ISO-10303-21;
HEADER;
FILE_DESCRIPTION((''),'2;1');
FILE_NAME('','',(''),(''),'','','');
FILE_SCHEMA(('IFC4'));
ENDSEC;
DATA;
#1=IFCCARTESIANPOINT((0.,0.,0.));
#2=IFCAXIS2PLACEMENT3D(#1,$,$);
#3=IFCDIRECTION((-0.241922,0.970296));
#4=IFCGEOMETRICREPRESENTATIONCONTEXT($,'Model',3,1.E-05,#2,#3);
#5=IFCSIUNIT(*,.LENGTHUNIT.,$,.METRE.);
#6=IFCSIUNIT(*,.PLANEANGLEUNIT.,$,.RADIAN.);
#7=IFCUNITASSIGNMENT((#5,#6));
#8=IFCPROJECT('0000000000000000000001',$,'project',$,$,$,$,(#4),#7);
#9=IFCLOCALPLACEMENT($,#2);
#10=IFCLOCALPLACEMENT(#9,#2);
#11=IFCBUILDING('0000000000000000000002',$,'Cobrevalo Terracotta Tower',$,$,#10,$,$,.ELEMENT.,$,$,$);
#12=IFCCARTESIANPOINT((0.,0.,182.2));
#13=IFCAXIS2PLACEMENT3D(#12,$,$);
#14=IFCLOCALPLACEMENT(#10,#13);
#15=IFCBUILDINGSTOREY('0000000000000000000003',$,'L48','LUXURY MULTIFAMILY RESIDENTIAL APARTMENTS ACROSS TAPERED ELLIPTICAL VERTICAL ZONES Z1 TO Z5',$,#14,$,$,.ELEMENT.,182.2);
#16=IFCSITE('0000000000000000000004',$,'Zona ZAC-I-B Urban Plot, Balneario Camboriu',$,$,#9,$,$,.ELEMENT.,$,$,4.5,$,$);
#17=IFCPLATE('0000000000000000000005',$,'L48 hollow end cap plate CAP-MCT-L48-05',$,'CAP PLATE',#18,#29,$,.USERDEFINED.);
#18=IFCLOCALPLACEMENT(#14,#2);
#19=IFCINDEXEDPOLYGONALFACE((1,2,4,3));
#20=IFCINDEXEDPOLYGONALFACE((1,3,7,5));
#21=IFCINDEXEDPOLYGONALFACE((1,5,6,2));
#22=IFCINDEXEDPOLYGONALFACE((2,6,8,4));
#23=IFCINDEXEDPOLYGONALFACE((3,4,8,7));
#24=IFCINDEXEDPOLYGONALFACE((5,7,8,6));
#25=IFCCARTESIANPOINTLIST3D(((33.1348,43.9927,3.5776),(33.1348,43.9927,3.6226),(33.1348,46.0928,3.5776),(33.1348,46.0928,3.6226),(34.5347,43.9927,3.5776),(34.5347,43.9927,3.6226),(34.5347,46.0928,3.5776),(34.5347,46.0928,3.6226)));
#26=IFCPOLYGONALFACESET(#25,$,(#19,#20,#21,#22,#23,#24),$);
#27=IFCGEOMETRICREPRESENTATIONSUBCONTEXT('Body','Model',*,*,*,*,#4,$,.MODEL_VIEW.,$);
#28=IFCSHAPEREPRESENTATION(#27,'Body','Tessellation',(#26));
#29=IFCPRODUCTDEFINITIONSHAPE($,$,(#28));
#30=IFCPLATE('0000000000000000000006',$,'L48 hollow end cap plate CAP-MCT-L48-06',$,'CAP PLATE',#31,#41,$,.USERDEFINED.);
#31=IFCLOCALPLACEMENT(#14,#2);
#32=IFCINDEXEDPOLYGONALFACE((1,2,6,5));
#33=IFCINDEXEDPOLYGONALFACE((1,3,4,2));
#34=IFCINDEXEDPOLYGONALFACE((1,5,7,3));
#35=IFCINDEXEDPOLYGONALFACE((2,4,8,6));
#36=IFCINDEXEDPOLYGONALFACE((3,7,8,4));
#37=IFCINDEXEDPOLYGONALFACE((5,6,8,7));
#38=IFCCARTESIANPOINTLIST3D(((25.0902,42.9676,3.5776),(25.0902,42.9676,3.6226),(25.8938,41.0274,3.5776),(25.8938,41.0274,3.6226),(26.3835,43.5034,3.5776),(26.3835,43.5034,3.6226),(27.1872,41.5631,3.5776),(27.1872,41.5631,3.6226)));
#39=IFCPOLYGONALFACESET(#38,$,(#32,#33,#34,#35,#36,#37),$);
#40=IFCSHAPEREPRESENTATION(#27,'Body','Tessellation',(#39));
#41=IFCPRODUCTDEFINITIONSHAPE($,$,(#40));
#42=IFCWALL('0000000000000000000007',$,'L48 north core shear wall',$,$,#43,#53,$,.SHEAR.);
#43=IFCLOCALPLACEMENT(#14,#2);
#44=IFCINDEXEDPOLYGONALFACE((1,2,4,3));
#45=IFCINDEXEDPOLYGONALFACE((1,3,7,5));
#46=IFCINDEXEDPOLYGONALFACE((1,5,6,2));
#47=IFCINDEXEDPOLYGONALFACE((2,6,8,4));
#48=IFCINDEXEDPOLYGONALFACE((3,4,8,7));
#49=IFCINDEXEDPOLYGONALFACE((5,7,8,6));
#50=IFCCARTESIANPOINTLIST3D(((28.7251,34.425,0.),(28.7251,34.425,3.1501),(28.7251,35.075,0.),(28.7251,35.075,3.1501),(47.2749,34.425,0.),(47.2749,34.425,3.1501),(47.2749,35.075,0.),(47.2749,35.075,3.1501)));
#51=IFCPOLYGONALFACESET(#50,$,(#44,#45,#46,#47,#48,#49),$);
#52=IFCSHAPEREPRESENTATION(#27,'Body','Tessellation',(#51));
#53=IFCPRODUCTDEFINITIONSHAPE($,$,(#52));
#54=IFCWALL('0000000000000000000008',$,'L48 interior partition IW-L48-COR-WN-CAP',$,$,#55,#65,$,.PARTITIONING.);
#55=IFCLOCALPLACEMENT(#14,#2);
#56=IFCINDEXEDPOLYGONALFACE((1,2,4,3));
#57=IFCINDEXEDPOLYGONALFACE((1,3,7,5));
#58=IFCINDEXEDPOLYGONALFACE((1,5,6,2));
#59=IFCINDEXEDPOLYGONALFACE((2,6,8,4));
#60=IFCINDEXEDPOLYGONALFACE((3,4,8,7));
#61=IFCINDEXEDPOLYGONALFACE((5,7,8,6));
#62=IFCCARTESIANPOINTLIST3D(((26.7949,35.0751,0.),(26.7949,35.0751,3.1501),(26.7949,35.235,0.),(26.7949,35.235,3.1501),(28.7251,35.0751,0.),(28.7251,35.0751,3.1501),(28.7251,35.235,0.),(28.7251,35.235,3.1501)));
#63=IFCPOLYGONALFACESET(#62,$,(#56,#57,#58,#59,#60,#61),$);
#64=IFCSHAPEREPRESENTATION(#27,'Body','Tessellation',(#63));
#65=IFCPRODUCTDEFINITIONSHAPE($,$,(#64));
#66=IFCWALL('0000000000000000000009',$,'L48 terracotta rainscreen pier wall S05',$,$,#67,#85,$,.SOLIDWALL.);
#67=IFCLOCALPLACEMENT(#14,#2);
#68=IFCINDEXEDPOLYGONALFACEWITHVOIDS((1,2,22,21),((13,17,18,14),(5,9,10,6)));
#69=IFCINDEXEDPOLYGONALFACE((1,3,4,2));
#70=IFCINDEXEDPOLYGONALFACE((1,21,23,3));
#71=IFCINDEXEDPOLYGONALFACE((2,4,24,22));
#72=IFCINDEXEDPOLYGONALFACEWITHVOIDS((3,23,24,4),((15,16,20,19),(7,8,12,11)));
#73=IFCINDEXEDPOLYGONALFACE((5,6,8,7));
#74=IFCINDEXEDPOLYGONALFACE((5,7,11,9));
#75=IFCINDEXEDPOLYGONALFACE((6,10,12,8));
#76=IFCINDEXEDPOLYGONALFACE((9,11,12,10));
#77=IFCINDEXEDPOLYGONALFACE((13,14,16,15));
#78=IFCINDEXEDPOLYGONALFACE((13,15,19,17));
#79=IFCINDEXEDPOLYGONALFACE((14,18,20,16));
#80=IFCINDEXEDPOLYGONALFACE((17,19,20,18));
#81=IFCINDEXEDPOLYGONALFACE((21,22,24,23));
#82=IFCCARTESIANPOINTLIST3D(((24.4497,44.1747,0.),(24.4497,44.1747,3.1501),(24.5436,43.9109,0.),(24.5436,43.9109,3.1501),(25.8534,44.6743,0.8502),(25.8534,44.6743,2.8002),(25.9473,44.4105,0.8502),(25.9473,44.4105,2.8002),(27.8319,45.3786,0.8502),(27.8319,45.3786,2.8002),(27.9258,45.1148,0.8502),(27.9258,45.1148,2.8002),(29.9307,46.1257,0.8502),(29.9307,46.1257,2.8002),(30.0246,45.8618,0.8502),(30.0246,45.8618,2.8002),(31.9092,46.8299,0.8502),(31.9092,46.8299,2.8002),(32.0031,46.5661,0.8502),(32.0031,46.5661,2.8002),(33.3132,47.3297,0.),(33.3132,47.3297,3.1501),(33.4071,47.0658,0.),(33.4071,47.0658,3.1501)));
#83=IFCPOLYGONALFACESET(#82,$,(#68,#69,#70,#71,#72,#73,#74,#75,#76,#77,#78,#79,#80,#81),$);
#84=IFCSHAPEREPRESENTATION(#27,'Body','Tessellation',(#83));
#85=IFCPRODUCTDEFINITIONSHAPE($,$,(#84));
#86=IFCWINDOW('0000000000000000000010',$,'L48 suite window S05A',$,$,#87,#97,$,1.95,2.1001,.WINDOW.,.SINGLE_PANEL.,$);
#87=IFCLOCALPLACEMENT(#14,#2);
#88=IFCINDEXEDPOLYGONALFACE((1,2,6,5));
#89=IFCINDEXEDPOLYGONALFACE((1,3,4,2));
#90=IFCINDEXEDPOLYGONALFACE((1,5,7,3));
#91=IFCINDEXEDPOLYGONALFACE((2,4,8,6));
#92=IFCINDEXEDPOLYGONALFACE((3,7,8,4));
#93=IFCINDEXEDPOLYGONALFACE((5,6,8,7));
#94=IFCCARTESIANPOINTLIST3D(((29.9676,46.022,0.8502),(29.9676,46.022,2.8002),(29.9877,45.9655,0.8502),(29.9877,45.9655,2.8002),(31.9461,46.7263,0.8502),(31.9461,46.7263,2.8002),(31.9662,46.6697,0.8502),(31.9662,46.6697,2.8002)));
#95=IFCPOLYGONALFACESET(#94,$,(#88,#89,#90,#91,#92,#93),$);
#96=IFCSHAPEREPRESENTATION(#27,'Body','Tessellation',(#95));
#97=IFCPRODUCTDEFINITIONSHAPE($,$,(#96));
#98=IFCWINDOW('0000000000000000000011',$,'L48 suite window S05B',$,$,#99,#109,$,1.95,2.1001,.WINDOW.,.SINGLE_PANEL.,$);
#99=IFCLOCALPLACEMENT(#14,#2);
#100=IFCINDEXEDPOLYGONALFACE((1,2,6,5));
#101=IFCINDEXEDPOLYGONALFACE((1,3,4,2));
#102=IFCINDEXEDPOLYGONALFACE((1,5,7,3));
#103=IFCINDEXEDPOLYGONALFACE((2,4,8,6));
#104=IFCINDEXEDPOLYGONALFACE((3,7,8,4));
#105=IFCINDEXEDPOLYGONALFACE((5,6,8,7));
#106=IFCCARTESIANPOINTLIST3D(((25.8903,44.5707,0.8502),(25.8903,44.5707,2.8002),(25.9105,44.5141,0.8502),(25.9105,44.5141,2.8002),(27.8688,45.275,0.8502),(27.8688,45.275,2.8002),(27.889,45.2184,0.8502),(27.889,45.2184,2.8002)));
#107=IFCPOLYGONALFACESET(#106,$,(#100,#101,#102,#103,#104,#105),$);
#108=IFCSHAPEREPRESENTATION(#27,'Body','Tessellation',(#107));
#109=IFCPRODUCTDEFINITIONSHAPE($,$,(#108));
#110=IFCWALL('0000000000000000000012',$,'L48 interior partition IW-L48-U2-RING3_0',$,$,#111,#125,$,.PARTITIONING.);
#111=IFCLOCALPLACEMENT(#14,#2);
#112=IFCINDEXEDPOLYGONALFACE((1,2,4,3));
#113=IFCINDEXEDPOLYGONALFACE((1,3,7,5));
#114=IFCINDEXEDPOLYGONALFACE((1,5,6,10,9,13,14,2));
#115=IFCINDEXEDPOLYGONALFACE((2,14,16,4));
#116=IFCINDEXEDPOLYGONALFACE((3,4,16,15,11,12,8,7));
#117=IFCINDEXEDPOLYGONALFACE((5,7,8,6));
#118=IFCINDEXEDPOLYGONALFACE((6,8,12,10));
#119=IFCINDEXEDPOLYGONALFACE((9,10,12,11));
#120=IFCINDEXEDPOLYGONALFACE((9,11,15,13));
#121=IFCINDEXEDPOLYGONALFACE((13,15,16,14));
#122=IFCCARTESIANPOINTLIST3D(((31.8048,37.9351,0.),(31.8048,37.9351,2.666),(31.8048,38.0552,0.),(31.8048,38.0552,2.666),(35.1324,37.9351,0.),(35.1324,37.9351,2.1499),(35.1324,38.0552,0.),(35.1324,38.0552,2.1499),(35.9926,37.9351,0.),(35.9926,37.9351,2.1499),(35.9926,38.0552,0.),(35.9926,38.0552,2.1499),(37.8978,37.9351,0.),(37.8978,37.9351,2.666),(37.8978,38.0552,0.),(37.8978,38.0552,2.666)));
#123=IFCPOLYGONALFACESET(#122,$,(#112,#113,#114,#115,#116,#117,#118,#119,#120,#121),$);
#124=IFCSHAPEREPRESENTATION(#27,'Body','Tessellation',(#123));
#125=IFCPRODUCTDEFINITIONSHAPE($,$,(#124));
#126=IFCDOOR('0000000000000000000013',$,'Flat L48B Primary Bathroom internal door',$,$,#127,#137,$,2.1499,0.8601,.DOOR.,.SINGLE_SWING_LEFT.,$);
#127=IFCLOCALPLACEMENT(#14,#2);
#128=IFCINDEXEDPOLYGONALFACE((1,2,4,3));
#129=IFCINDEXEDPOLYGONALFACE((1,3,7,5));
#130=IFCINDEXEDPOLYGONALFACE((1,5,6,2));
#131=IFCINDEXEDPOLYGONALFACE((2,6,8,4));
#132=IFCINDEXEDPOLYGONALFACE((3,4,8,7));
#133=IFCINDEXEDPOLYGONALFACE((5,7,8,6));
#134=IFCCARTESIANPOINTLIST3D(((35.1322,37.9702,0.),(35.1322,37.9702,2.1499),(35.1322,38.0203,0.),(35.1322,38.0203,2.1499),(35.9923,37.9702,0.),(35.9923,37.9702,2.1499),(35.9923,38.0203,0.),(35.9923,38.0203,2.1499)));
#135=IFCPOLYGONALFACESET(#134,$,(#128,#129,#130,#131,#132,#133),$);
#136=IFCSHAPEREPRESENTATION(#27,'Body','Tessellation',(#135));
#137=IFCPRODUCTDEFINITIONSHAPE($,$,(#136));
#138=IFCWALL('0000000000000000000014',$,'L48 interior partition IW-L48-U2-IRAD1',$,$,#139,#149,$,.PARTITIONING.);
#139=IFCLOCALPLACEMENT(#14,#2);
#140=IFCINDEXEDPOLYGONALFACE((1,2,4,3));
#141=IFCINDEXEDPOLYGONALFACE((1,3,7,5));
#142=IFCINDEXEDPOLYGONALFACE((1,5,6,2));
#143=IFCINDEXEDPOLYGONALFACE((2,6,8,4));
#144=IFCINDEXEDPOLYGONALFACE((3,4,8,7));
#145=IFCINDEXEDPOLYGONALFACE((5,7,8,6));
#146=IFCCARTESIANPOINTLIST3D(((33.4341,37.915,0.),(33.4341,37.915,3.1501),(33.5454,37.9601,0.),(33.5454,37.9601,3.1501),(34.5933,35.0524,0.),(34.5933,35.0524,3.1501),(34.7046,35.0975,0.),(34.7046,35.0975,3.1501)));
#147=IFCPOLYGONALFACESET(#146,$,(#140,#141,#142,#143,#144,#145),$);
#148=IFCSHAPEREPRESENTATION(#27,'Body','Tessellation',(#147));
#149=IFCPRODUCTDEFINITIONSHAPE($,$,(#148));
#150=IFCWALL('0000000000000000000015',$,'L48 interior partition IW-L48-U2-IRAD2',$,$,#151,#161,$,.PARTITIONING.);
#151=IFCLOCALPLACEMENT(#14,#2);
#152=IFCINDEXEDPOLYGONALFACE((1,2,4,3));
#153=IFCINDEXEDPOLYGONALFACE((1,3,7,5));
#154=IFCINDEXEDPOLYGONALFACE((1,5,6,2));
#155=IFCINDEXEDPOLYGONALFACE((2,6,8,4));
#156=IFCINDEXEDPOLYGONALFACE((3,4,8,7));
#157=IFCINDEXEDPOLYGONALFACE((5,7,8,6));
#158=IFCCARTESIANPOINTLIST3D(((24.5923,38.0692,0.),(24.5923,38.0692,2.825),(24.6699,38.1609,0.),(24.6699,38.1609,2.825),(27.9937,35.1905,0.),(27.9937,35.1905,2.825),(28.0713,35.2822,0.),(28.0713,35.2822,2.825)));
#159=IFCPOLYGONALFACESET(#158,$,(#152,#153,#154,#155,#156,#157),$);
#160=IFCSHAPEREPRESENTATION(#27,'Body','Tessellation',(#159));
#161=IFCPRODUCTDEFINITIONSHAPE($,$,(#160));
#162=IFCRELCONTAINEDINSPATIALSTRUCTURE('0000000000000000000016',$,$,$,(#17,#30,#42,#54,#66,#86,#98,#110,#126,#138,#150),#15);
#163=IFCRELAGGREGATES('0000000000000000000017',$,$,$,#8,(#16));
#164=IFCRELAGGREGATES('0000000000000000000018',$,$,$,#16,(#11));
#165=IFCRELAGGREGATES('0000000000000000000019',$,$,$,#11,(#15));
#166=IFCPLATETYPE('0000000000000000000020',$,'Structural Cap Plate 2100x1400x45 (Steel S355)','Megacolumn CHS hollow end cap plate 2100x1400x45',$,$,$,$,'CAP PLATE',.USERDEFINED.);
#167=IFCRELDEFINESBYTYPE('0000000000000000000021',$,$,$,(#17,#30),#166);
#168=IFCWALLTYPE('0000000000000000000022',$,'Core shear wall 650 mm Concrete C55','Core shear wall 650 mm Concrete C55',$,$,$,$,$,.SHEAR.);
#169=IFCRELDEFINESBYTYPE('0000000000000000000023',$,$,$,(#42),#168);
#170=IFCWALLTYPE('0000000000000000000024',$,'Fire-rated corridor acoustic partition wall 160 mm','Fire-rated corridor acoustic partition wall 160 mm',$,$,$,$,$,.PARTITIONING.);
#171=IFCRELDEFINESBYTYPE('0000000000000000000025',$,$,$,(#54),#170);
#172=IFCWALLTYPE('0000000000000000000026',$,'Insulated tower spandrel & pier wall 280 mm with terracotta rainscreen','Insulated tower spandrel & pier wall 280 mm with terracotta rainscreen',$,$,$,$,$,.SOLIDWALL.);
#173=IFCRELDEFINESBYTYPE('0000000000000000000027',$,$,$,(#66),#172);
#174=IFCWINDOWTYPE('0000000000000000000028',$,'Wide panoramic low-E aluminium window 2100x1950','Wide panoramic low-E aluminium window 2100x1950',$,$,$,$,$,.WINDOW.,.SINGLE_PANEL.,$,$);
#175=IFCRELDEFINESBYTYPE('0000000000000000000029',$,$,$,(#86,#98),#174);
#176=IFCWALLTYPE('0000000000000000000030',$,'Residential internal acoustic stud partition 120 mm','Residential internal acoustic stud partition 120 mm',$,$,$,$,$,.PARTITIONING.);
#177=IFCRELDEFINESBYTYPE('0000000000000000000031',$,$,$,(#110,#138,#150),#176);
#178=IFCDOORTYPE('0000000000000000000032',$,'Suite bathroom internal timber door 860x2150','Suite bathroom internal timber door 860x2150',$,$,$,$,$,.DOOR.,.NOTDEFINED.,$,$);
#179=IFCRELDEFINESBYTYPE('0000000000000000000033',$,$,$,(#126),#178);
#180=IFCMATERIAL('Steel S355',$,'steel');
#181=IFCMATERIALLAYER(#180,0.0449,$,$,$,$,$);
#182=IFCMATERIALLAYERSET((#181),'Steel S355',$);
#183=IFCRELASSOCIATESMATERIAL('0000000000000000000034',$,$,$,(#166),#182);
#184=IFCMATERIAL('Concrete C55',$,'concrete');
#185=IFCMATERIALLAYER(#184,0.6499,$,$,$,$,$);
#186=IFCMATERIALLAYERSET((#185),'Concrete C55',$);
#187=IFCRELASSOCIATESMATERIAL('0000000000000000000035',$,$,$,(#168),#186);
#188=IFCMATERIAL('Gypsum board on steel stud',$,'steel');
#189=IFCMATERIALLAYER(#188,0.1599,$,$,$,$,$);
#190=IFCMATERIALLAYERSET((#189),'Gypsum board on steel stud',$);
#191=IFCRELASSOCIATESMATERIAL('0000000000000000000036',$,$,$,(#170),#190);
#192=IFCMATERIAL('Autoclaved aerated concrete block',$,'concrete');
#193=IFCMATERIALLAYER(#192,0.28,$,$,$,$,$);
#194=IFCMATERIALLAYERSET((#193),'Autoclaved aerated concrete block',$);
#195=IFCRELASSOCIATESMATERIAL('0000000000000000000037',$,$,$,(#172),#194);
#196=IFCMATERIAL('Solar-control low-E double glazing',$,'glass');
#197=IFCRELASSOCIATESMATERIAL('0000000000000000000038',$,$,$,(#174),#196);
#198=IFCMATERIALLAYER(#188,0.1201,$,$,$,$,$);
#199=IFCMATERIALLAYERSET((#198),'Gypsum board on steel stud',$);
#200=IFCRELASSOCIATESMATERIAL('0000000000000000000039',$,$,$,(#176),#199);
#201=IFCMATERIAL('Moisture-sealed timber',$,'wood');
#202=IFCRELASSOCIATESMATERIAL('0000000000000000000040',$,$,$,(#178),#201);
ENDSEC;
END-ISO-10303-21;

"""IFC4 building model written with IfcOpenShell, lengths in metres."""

from ifc_helpers import new_model, si_unit, direction, frame, frame_2d, origin, origin_2d, place, context, subcontext, project, spatial, rectangle, extrude, source, transform, mapped, material, layer, layer_set, type_object, element, fill, save


model = new_model("IFC4")

# Units and contexts
model_context = context("Model", 3, precision=1e-05, world=origin(), true_north=direction((-0.241922, 0.970296)))
body_context = subcontext(model_context, "Body", "Model", "MODEL_VIEW")
ifc_project = project(units=[si_unit("LENGTHUNIT", "METRE"), si_unit("PLANEANGLEUNIT", "RADIAN")], contexts=[model_context])

# Site, building, storey
site_placement = place(None, origin())
site = spatial("IfcSite", under=ifc_project, at=site_placement, Name="Zona ZAC-I-B Urban Plot, Balneario Camboriu", CompositionType="ELEMENT", RefElevation=4.5)
building_placement = place(site_placement, origin())
building = spatial("IfcBuilding", under=site, at=building_placement, Name="Cobrevalo Terracotta Tower", CompositionType="ELEMENT")
storey_placement = place(building_placement, frame((0.0, 0.0, 182.2)))
storey = spatial("IfcBuildingStorey", under=building, at=storey_placement, Name="L48", Description="LUXURY MULTIFAMILY RESIDENTIAL APARTMENTS ACROSS TAPERED ELLIPTICAL VERTICAL ZONES Z1 TO Z5", CompositionType="ELEMENT", Elevation=182.2)

# Shared definitions
ifc_material_1 = material(Name="Steel S355", Category="steel")
ifc_material_2 = material(Name="Concrete C55", Category="concrete")

# Plates
ifc_layer_1 = layer(ifc_material_1, 0.0449)
ifc_layer_set_1 = layer_set([ifc_layer_1], Name="Steel S355")
plate_type = type_object("IfcPlateType", Name="Structural Cap Plate 2100x1400x45 (Steel S355)", Description="Megacolumn CHS hollow end cap plate 2100x1400x45", ElementType="CAP PLATE", PredefinedType="USERDEFINED", material=ifc_layer_set_1)
shared_shape_1 = source(origin(), body_context, "Body", "SweptSolid", [
    extrude(rectangle(XDim=2.1001, YDim=1.3999, at=origin_2d()), origin(), (0.0, 0.0, 1.0), 0.0449),
])
for number, where, z_axis, x_axis, name in (
    (1, (33.8347, 45.0427, 3.5776), (0.0, 0.0, 1.0), (0.0, 1.0, 0.0), "L48 hollow end cap plate CAP-MCT-L48-05"),
    (2, (26.1387, 42.2654, 3.5776), (0.0, 0.0, 1.0), (-0.382683, 0.92388, 0.0), "L48 hollow end cap plate CAP-MCT-L48-06"),
):
    element("IfcPlate", number, at=place(storey_placement, frame(where, z_axis=z_axis, x_axis=x_axis)), inside=storey, type_object=plate_type, Name=name, ObjectType="CAP PLATE", PredefinedType="USERDEFINED", context=body_context, shape_type="MappedRepresentation", body=[
        mapped(shared_shape_1, transform((0.0, 0.0, 0.0), scale=1.0)),
    ])

# Walls
ifc_layer_2 = layer(ifc_material_2, 0.6499)
ifc_layer_set_2 = layer_set([ifc_layer_2], Name="Concrete C55")
wall_type_1 = type_object("IfcWallType", Name="Core shear wall 650 mm Concrete C55", Description="Core shear wall 650 mm Concrete C55", PredefinedType="SHEAR", material=ifc_layer_set_2)
wall_1_placement = place(storey_placement, frame((28.7251, 34.75, 0.0), z_axis=(0.0, 0.0, 1.0), x_axis=(1.0, 0.0, 0.0)))
element("IfcWall", 3, at=wall_1_placement, inside=storey, type_object=wall_type_1, Name="L48 north core shear wall", PredefinedType="SHEAR", context=body_context, shape_type="SweptSolid", body=[
    extrude(rectangle(XDim=18.5498, YDim=0.6499, at=frame_2d((9.2749, 0.0))), origin(), (0.0, 0.0, 1.0), 3.1501),
])
ifc_material_3 = material(Name="Gypsum board on steel stud", Category="steel")
ifc_layer_3 = layer(ifc_material_3, 0.1599)
ifc_layer_set_3 = layer_set([ifc_layer_3], Name="Gypsum board on steel stud")
wall_type_2 = type_object("IfcWallType", Name="Fire-rated corridor acoustic partition wall 160 mm", Description="Fire-rated corridor acoustic partition wall 160 mm", PredefinedType="PARTITIONING", material=ifc_layer_set_3)
wall_2_placement = place(storey_placement, frame((26.7949, 35.155, 0.0), z_axis=(0.0, 0.0, 1.0), x_axis=(1.0, 0.0, 0.0)))
element("IfcWall", 4, at=wall_2_placement, inside=storey, type_object=wall_type_2, Name="L48 interior partition IW-L48-COR-WN-CAP", PredefinedType="PARTITIONING", context=body_context, shape_type="SweptSolid", body=[
    extrude(rectangle(XDim=1.9302, YDim=0.1599, at=frame_2d((0.9651, 0.0))), origin(), (0.0, 0.0, 1.0), 3.1501),
])

# Wall, openings, windows
ifc_material_4 = material(Name="Autoclaved aerated concrete block", Category="concrete")
ifc_layer_4 = layer(ifc_material_4, 0.28)
ifc_layer_set_4 = layer_set([ifc_layer_4], Name="Autoclaved aerated concrete block")
wall_type_3 = type_object("IfcWallType", Name="Insulated tower spandrel & pier wall 280 mm with terracotta rainscreen", Description="Insulated tower spandrel & pier wall 280 mm with terracotta rainscreen", PredefinedType="SOLIDWALL", material=ifc_layer_set_4)
wall_3_placement = place(storey_placement, frame((33.3601, 47.1978, 0.0), z_axis=(0.0, 0.0, 1.0), x_axis=(-0.942095, -0.335345, 0.0)))
wall_3 = element("IfcWall", 5, at=wall_3_placement, inside=storey, type_object=wall_type_3, Name="L48 terracotta rainscreen pier wall S05", PredefinedType="SOLIDWALL", context=body_context, shape_type="SweptSolid", body=[
    extrude(rectangle(XDim=9.4082, YDim=0.28, at=frame_2d((4.7041, 0.0))), origin(), (0.0, 0.0, 1.0), 3.1501),
])
opening_1_placement = place(wall_3_placement, frame((1.4902, 0.0, 0.8501)))
opening_1 = element("IfcOpeningElement", 6, at=opening_1_placement, cuts=wall_3, PredefinedType="OPENING", context=body_context, shape_type="SweptSolid", body=[
    extrude(rectangle(XDim=2.1001, YDim=1.95, at=frame_2d((1.05, 0.9751))), frame((0.0, 0.1499, 0.0), z_axis=(0.0, -1.0, 0.0), x_axis=(1.0, 0.0, 0.0)), (0.0, 0.0, 1.0), 0.3),
])
opening_2_placement = place(wall_3_placement, frame((5.8181, 0.0, 0.8501)))
opening_2 = element("IfcOpeningElement", 7, at=opening_2_placement, cuts=wall_3, PredefinedType="OPENING", context=body_context, shape_type="SweptSolid", body=[
    extrude(rectangle(XDim=2.1001, YDim=1.95, at=frame_2d((1.05, 0.9751))), frame((0.0, 0.1499, 0.0), z_axis=(0.0, -1.0, 0.0), x_axis=(1.0, 0.0, 0.0)), (0.0, 0.0, 1.0), 0.3),
])
ifc_material_5 = material(Name="Solar-control low-E double glazing", Category="glass")
window_type = type_object("IfcWindowType", Name="Wide panoramic low-E aluminium window 2100x1950", Description="Wide panoramic low-E aluminium window 2100x1950", PartitioningType="SINGLE_PANEL", PredefinedType="WINDOW", material=ifc_material_5)
shared_shape_2 = source(origin(), body_context, "Body", "SweptSolid", [
    extrude(rectangle(XDim=2.1001, YDim=1.95, at=frame_2d((1.05, 0.9751))), frame((0.0, 0.03, 0.0), z_axis=(0.0, -1.0, 0.0), x_axis=(1.0, 0.0, 0.0)), (0.0, 0.0, 1.0), 0.0601),
])
window_1_placement = place(opening_1_placement, origin())
window_1 = element("IfcWindow", 8, at=window_1_placement, inside=storey, type_object=window_type, Name="L48 suite window S05A", OverallHeight=1.95, OverallWidth=2.1001, PartitioningType="SINGLE_PANEL", PredefinedType="WINDOW", context=body_context, shape_type="MappedRepresentation", body=[
    mapped(shared_shape_2, transform((0.0, 0.0, 0.0), scale=1.0)),
])
fill(opening_1, window_1)
window_2_placement = place(opening_2_placement, origin())
window_2 = element("IfcWindow", 9, at=window_2_placement, inside=storey, type_object=window_type, Name="L48 suite window S05B", OverallHeight=1.95, OverallWidth=2.1001, PartitioningType="SINGLE_PANEL", PredefinedType="WINDOW", context=body_context, shape_type="MappedRepresentation", body=[
    mapped(shared_shape_2, transform((0.0, 0.0, 0.0), scale=1.0)),
])
fill(opening_2, window_2)

# Wall, opening, door
ifc_layer_5 = layer(ifc_material_3, 0.1201)
ifc_layer_set_5 = layer_set([ifc_layer_5], Name="Gypsum board on steel stud")
wall_type_4 = type_object("IfcWallType", Name="Residential internal acoustic stud partition 120 mm", Description="Residential internal acoustic stud partition 120 mm", PredefinedType="PARTITIONING", material=ifc_layer_set_5)
wall_4_placement = place(storey_placement, frame((31.8049, 37.9951, 0.0), z_axis=(0.0, 0.0, 1.0), x_axis=(1.0, 0.0, 0.0)))
wall_4 = element("IfcWall", 10, at=wall_4_placement, inside=storey, type_object=wall_type_4, Name="L48 interior partition IW-L48-U2-RING3_0", PredefinedType="PARTITIONING", context=body_context, shape_type="SweptSolid", body=[
    extrude(rectangle(XDim=6.093, YDim=0.1201, at=frame_2d((3.0464, 0.0))), origin(), (0.0, 0.0, 1.0), 2.666),
])
opening_3_placement = place(wall_4_placement, frame((3.3274, 0.0, 0.0)))
opening_3 = element("IfcOpeningElement", 11, at=opening_3_placement, cuts=wall_4, PredefinedType="OPENING", context=body_context, shape_type="SweptSolid", body=[
    extrude(rectangle(XDim=0.8601, YDim=2.1499, at=frame_2d((0.4302, 1.075))), frame((0.0, 0.0701, 0.0), z_axis=(0.0, -1.0, 0.0), x_axis=(1.0, 0.0, 0.0)), (0.0, 0.0, 1.0), 0.1401),
])
ifc_material_6 = material(Name="Moisture-sealed timber", Category="wood")
door_type = type_object("IfcDoorType", Name="Suite bathroom internal timber door 860x2150", Description="Suite bathroom internal timber door 860x2150", OperationType="NOTDEFINED", PredefinedType="DOOR", material=ifc_material_6)
shared_shape_3 = source(origin(), body_context, "Body", "SweptSolid", [
    extrude(rectangle(XDim=0.8601, YDim=2.1499, at=frame_2d((0.4302, 1.075))), frame((0.0, 0.0249, 0.0), z_axis=(0.0, -1.0, 0.0), x_axis=(1.0, 0.0, 0.0)), (0.0, 0.0, 1.0), 0.05),
])
door_placement = place(opening_3_placement, frame((0.8601, 0.0, 0.0), z_axis=(0.0, 0.0, 1.0), x_axis=(-1.0, 0.0, 0.0)))
door = element("IfcDoor", 12, at=door_placement, inside=storey, type_object=door_type, Name="Flat L48B Primary Bathroom internal door", OperationType="SINGLE_SWING_LEFT", OverallHeight=2.1499, OverallWidth=0.8601, PredefinedType="DOOR", context=body_context, shape_type="MappedRepresentation", body=[
    mapped(shared_shape_3, transform((0.0, 0.0, 0.0), scale=1.0)),
])
fill(opening_3, door)

# Walls
wall_5_placement = place(storey_placement, frame((34.6489, 35.075, 0.0), z_axis=(0.0, 0.0, 1.0), x_axis=(-0.37534, 0.926887, 0.0)))
element("IfcWall", 13, at=wall_5_placement, inside=storey, type_object=wall_type_4, Name="L48 interior partition IW-L48-U2-IRAD1", PredefinedType="PARTITIONING", context=body_context, shape_type="SweptSolid", body=[
    extrude(rectangle(XDim=3.0884, YDim=0.1201, at=frame_2d((1.5442, 0.0))), origin(), (0.0, 0.0, 1.0), 3.1501),
])
wall_6_placement = place(storey_placement, frame((28.0325, 35.2363, 0.0), z_axis=(0.0, 0.0, 1.0), x_axis=(-0.763322, 0.646018, 0.0)))
element("IfcWall", 14, at=wall_6_placement, inside=storey, type_object=wall_type_4, Name="L48 interior partition IW-L48-U2-IRAD2", PredefinedType="PARTITIONING", context=body_context, shape_type="SweptSolid", body=[
    extrude(rectangle(XDim=4.4561, YDim=0.1201, at=frame_2d((2.228, 0.0))), origin(), (0.0, 0.0, 1.0), 2.825),
])

save(model, "model.ifc")
